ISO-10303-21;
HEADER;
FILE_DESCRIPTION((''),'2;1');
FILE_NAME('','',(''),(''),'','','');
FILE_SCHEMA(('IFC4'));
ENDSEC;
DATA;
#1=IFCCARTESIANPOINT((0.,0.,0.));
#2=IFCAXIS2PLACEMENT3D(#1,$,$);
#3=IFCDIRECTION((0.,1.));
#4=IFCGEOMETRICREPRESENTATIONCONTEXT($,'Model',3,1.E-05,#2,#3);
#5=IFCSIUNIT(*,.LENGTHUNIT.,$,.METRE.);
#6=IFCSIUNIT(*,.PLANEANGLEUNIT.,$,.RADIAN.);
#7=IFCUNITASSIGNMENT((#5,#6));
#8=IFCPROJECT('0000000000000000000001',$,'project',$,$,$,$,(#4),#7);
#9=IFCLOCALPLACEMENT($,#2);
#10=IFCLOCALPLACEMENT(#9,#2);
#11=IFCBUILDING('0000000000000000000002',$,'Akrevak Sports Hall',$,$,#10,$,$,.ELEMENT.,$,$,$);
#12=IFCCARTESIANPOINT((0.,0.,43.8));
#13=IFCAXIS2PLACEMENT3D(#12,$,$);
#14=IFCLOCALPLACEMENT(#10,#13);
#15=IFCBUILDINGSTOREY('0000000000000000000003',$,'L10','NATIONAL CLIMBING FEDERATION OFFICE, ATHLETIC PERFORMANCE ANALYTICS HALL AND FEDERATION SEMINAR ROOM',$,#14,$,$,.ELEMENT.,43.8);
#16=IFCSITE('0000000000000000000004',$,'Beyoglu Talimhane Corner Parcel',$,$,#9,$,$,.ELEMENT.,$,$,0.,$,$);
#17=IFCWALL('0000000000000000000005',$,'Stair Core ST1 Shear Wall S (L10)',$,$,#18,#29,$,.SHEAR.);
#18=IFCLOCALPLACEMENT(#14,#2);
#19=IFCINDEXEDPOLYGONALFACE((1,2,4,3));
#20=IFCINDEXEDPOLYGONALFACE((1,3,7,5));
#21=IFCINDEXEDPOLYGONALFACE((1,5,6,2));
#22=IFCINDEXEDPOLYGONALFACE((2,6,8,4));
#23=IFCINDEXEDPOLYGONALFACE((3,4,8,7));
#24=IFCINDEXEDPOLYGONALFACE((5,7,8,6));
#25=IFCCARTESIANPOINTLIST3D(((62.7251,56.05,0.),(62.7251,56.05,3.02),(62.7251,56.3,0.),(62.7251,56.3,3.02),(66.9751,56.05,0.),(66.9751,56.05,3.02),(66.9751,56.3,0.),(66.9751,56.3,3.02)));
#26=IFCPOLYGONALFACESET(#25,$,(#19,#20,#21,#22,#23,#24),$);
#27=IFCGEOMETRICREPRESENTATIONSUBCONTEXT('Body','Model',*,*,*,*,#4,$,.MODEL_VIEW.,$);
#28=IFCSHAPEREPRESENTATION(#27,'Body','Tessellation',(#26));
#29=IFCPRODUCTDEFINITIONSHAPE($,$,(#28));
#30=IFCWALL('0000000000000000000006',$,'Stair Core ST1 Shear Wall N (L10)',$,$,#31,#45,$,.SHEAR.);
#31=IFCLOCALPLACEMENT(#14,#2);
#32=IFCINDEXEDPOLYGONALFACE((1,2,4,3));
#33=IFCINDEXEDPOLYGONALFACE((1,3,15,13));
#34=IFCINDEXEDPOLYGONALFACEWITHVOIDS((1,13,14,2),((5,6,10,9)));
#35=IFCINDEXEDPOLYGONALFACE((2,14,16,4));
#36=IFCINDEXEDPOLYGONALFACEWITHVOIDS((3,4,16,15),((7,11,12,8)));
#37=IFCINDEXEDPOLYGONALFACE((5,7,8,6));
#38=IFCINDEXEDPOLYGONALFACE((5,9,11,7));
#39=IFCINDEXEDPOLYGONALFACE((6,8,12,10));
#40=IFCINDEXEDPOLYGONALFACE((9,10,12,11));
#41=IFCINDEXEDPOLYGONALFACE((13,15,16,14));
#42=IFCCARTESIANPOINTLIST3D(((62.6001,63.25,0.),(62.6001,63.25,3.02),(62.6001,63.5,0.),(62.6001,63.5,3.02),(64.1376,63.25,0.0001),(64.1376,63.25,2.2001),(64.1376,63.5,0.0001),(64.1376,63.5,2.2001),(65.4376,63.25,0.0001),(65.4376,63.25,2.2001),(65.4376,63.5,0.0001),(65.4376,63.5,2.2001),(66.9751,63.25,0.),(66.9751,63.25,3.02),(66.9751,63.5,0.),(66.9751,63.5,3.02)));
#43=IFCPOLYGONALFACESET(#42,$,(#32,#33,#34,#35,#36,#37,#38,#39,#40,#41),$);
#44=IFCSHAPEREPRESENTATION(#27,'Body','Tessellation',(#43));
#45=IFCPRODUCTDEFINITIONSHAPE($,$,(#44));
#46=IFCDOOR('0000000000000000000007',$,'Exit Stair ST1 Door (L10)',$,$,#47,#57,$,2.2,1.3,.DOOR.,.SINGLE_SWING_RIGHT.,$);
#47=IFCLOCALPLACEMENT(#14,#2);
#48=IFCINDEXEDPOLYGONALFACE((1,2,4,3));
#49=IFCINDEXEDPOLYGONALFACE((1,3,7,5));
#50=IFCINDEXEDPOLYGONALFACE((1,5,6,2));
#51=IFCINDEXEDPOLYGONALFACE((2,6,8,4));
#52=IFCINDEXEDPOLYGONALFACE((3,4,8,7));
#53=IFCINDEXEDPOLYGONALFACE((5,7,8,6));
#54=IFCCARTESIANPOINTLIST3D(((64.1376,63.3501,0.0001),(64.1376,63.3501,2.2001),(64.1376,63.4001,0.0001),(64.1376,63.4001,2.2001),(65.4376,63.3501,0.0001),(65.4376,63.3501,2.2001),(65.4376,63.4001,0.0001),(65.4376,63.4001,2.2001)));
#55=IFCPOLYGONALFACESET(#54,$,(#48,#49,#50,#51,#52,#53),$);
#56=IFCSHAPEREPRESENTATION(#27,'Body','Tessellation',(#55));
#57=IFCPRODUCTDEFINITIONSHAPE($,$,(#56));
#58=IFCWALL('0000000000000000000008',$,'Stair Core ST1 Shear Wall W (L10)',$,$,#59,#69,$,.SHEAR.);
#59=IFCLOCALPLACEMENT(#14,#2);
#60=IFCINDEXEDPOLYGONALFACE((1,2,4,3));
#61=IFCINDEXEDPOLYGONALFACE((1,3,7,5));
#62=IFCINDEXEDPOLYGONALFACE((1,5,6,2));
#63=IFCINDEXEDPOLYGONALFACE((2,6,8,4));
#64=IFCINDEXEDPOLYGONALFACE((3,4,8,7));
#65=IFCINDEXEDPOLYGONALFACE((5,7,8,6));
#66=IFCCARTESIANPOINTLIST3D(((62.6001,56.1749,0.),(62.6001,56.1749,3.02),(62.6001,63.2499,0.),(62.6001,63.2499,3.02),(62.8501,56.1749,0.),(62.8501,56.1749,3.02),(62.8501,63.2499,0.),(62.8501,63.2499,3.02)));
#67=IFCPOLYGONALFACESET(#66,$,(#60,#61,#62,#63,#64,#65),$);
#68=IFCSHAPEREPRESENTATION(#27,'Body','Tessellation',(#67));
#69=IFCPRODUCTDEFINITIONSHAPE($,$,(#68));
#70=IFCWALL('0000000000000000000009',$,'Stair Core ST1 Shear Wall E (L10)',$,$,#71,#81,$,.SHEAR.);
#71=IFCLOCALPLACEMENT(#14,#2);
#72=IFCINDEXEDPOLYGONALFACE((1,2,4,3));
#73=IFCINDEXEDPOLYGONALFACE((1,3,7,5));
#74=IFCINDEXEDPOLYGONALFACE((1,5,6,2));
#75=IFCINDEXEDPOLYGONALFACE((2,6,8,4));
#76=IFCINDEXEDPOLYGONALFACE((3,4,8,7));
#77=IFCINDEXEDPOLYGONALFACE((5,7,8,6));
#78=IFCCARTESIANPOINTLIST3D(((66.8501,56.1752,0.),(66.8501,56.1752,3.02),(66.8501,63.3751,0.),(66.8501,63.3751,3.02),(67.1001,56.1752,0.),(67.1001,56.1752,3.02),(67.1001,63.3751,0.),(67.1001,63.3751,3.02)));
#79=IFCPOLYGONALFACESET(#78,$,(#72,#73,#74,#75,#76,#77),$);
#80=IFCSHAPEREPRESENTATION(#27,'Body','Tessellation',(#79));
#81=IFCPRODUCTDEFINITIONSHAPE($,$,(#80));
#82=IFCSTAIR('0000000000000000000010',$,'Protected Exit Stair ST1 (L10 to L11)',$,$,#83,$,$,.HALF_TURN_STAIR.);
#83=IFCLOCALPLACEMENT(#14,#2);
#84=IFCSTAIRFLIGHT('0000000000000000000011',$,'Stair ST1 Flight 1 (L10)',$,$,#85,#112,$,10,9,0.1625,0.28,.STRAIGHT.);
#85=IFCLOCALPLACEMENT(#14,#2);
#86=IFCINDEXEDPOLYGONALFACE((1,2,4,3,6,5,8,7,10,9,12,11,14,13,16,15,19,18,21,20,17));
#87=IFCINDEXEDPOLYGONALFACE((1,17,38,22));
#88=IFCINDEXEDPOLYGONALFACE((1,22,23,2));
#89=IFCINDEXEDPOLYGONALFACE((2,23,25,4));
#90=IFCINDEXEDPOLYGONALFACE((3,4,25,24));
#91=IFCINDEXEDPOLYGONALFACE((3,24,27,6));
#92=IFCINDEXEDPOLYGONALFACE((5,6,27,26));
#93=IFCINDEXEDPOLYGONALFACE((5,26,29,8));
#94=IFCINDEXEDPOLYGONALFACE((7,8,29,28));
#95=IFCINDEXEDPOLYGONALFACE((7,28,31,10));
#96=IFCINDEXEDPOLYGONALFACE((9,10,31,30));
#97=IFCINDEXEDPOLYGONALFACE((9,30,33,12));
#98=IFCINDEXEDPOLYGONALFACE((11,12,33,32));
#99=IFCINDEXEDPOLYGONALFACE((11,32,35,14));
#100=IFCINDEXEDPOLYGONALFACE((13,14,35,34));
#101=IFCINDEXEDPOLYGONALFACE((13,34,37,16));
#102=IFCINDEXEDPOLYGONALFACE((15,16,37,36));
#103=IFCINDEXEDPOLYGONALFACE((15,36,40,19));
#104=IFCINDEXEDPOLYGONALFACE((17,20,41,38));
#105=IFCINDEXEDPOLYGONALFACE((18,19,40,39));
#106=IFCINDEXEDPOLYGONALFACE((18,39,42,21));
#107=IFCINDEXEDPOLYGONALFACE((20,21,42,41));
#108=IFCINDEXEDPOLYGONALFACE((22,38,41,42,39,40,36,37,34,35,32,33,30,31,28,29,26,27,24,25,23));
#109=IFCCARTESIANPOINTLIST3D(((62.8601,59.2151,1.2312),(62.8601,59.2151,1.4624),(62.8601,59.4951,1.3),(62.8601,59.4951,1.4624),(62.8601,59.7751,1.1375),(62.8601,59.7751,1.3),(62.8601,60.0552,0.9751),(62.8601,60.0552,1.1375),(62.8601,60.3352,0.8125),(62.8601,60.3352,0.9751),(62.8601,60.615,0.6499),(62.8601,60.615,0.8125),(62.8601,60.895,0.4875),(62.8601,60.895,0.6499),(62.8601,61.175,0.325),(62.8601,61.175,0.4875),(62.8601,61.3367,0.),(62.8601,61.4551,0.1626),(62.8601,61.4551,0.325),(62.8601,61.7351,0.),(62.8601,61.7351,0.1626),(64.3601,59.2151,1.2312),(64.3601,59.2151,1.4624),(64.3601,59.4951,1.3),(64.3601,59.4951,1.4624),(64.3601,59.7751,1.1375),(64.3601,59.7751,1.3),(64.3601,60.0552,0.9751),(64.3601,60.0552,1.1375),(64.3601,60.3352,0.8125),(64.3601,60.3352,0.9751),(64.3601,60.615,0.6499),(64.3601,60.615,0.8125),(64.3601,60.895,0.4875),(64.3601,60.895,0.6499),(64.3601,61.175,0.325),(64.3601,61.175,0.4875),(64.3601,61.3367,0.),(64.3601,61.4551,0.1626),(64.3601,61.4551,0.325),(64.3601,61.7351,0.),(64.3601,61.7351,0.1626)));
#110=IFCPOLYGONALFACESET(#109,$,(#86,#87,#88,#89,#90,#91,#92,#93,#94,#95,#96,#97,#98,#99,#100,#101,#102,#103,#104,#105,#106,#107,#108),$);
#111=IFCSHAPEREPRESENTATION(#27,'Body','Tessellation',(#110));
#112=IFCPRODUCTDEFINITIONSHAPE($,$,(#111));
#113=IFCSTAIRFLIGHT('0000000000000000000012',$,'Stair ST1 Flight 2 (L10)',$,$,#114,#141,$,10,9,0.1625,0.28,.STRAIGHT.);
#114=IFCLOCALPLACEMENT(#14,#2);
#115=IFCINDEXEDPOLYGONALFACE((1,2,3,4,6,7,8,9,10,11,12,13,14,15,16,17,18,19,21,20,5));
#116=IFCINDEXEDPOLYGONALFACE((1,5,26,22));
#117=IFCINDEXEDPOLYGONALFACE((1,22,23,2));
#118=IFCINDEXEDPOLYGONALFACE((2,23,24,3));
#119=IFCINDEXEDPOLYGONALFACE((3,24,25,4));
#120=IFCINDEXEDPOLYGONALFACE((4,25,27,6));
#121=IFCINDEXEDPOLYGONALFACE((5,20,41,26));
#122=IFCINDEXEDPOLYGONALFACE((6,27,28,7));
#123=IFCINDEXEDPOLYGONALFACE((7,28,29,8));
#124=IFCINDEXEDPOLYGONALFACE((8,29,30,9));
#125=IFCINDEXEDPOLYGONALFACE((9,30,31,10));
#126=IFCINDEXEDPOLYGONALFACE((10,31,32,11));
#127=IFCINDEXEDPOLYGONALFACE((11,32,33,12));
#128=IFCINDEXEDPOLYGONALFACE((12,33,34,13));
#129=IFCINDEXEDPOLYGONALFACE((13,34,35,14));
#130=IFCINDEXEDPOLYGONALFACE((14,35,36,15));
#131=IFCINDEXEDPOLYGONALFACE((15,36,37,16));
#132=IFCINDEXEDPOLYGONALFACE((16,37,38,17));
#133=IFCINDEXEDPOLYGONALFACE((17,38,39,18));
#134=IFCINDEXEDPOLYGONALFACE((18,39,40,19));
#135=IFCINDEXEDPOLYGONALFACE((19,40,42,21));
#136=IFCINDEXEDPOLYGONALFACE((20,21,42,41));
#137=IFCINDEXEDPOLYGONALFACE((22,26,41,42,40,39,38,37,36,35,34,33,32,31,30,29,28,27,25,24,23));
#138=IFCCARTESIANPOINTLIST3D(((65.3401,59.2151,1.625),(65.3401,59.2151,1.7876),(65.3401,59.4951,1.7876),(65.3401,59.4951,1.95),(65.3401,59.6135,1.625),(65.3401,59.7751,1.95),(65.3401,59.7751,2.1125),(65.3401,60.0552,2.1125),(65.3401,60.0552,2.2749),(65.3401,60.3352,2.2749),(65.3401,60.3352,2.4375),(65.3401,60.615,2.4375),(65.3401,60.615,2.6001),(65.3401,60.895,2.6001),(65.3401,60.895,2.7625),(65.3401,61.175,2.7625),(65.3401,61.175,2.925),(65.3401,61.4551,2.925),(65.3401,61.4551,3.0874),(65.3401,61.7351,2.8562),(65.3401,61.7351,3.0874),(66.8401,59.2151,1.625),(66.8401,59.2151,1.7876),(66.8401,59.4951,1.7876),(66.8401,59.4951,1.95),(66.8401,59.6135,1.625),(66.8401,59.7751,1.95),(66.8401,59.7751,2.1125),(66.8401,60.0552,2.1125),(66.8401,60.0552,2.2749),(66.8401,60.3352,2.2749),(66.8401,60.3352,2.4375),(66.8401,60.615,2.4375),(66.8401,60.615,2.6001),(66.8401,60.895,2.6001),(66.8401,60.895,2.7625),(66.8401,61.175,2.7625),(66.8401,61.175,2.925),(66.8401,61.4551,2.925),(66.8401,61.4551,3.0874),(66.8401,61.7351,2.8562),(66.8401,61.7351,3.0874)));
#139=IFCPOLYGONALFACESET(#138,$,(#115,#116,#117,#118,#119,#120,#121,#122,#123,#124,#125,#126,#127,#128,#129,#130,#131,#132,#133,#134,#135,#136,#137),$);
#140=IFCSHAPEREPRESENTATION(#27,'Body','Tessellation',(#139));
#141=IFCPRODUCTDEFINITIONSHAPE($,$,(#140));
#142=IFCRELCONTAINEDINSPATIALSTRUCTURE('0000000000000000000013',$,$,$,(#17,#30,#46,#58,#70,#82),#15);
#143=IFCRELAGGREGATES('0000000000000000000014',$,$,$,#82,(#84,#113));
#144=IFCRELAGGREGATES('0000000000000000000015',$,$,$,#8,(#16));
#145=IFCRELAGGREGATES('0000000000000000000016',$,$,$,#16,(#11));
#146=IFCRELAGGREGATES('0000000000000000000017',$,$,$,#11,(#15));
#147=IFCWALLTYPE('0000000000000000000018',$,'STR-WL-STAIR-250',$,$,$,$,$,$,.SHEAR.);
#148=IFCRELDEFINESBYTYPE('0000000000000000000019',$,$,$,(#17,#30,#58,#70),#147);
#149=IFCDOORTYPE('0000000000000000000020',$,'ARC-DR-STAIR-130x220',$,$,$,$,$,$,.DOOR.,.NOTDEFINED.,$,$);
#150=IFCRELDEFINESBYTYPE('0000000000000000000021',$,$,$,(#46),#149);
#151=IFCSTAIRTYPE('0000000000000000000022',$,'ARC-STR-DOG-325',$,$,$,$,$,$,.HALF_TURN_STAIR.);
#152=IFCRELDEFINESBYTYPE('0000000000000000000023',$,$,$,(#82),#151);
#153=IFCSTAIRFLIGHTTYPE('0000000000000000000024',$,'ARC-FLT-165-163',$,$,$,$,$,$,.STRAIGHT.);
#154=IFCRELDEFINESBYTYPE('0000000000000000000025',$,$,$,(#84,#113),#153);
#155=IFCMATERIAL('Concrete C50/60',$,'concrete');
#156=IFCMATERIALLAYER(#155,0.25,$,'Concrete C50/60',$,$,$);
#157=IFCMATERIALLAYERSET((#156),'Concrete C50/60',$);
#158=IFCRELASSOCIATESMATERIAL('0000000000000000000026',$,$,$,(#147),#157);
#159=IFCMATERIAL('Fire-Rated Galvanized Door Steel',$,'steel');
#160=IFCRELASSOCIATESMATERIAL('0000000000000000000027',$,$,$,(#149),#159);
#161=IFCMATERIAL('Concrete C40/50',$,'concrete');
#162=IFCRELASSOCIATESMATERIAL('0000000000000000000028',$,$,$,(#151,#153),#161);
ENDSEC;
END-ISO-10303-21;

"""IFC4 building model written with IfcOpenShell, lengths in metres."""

from ifc_helpers import new_model, si_unit, direction, frame, frame_2d, origin, place, context, subcontext, project, spatial, polyline, rectangle, outline, extrude, material, layer, layer_set, type_object, element, fill, aggregate, save


model = new_model("IFC4")

# Units and contexts
model_context = context("Model", 3, precision=1e-05, world=origin(), true_north=direction((0.0, 1.0)))
body_context = subcontext(model_context, "Body", "Model", "MODEL_VIEW")
ifc_project = project(units=[si_unit("LENGTHUNIT", "METRE"), si_unit("PLANEANGLEUNIT", "RADIAN")], contexts=[model_context])

# Site, building, storey
site_placement = place(None, origin())
site = spatial("IfcSite", under=ifc_project, at=site_placement, Name="Beyoglu Talimhane Corner Parcel", CompositionType="ELEMENT", RefElevation=0.0)
building_placement = place(site_placement, origin())
building = spatial("IfcBuilding", under=site, at=building_placement, Name="Akrevak Sports Hall", CompositionType="ELEMENT")
storey_placement = place(building_placement, frame((0.0, 0.0, 43.8)))
storey = spatial("IfcBuildingStorey", under=building, at=storey_placement, Name="L10", Description="NATIONAL CLIMBING FEDERATION OFFICE, ATHLETIC PERFORMANCE ANALYTICS HALL AND FEDERATION SEMINAR ROOM", CompositionType="ELEMENT", Elevation=43.8)

# Shared definitions
ifc_material_1 = material(Name="Concrete C40/50", Category="concrete")

# Shared definitions
ifc_material_2 = material(Name="Concrete C50/60", Category="concrete")

# Wall
ifc_layer_1 = layer(ifc_material_2, 0.25, Name="Concrete C50/60")
ifc_layer_set_1 = layer_set([ifc_layer_1], Name="Concrete C50/60")
wall_type_1 = type_object("IfcWallType", Name="STR-WL-STAIR-250", PredefinedType="SHEAR", material=ifc_layer_set_1)
wall_1_placement = place(storey_placement, frame((62.7251, 56.175, 0.0), z_axis=(0.0, 0.0, 1.0), x_axis=(1.0, 0.0, 0.0)))
element("IfcWall", 1, at=wall_1_placement, inside=storey, type_object=wall_type_1, Name="Stair Core ST1 Shear Wall S (L10)", PredefinedType="SHEAR", context=body_context, shape_type="SweptSolid", body=[
    extrude(rectangle(XDim=4.25, YDim=0.25, at=frame_2d((2.125, 0.0))), origin(), (0.0, 0.0, 1.0), 3.02),
])

# Wall, opening, door
wall_2_placement = place(storey_placement, frame((66.9751, 63.375, 0.0), z_axis=(0.0, 0.0, 1.0), x_axis=(-1.0, 0.0, 0.0)))
wall_2 = element("IfcWall", 2, at=wall_2_placement, inside=storey, type_object=wall_type_1, Name="Stair Core ST1 Shear Wall N (L10)", PredefinedType="SHEAR", context=body_context, shape_type="SweptSolid", body=[
    extrude(rectangle(XDim=4.375, YDim=0.25, at=frame_2d((2.1875, 0.0))), origin(), (0.0, 0.0, 1.0), 3.02),
])
opening_1_placement = place(wall_2_placement, frame((1.5376, 0.0, 0.0)))
opening_1 = element("IfcOpeningElement", 3, at=opening_1_placement, cuts=wall_2, PredefinedType="OPENING", context=body_context, shape_type="SweptSolid", body=[
    extrude(rectangle(XDim=1.3, YDim=2.2, at=frame_2d((0.6499, 1.1001))), frame((0.0, 0.137, 0.0), z_axis=(0.0, -1.0, 0.0), x_axis=(1.0, 0.0, 0.0)), (0.0, 0.0, 1.0), 0.2739),
])
ifc_material_3 = material(Name="Fire-Rated Galvanized Door Steel", Category="steel")
door_type_1 = type_object("IfcDoorType", Name="ARC-DR-STAIR-130x220", OperationType="NOTDEFINED", PredefinedType="DOOR", material=ifc_material_3)
door_1_placement = place(opening_1_placement, origin())
door_1 = element("IfcDoor", 4, at=door_1_placement, inside=storey, type_object=door_type_1, Name="Exit Stair ST1 Door (L10)", OperationType="SINGLE_SWING_RIGHT", OverallHeight=2.2, OverallWidth=1.3, PredefinedType="DOOR", context=body_context, shape_type="SweptSolid", body=[
    extrude(rectangle(XDim=1.3, YDim=2.2, at=frame_2d((0.6499, 1.1001))), frame((0.0, 0.0249, 0.0), z_axis=(0.0, -1.0, 0.0), x_axis=(1.0, 0.0, 0.0)), (0.0, 0.0, 1.0), 0.05),
])
fill(opening_1, door_1)

# Walls
wall_3_placement = place(storey_placement, frame((62.7251, 63.25, 0.0), z_axis=(0.0, 0.0, 1.0), x_axis=(0.0, -1.0, 0.0)))
element("IfcWall", 5, at=wall_3_placement, inside=storey, type_object=wall_type_1, Name="Stair Core ST1 Shear Wall W (L10)", PredefinedType="SHEAR", context=body_context, shape_type="SweptSolid", body=[
    extrude(rectangle(XDim=7.075, YDim=0.25, at=frame_2d((3.5376, 0.0))), origin(), (0.0, 0.0, 1.0), 3.02),
])
wall_4_placement = place(storey_placement, frame((66.9751, 56.175, 0.0), z_axis=(0.0, 0.0, 1.0), x_axis=(0.0, 1.0, 0.0)))
element("IfcWall", 6, at=wall_4_placement, inside=storey, type_object=wall_type_1, Name="Stair Core ST1 Shear Wall E (L10)", PredefinedType="SHEAR", context=body_context, shape_type="SweptSolid", body=[
    extrude(rectangle(XDim=7.2, YDim=0.25, at=frame_2d((3.6001, 0.0))), origin(), (0.0, 0.0, 1.0), 3.02),
])

# Stair, stair flights
stair_type = type_object("IfcStairType", Name="ARC-STR-DOG-325", PredefinedType="HALF_TURN_STAIR", material=ifc_material_1)
stair_placement = place(storey_placement, origin())
stair = element("IfcStair", 7, at=stair_placement, inside=storey, type_object=stair_type, Name="Protected Exit Stair ST1 (L10 to L11)", PredefinedType="HALF_TURN_STAIR")
stair_flight_type = type_object("IfcStairFlightType", Name="ARC-FLT-165-163", PredefinedType="STRAIGHT", material=ifc_material_1)
stair_flight_1_placement = place(storey_placement, frame((63.6101, 61.7351, 0.0), z_axis=(0.0, 0.0, 1.0), x_axis=(0.0, -1.0, 0.0)))
stair_flight_1 = element("IfcStairFlight", 8, at=stair_flight_1_placement, type_object=stair_flight_type, Name="Stair ST1 Flight 1 (L10)", NumberOfRisers=10, NumberOfTreads=9, PredefinedType="STRAIGHT", RiserHeight=0.1625, TreadLength=0.28, context=body_context, shape_type="SweptSolid", body=[
    extrude(outline(polyline([(0.0, 0.0), (0.0, 0.1626), (0.28, 0.1626), (0.28, 0.325), (0.5601, 0.325), (0.5601, 0.4875), (0.8401, 0.4875), (0.8401, 0.6499), (1.1201, 0.6499), (1.1201, 0.8125), (1.3999, 0.8125), (1.3999, 0.9751), (1.6799, 0.9751), (1.6799, 1.1375), (1.96, 1.1375), (1.96, 1.3), (2.24, 1.3), (2.24, 1.4624), (2.52, 1.4624), (2.52, 1.625), (2.52, 1.2312), (0.3984, 0.0), (0.0, 0.0)])), frame((0.0, 0.75, 0.0), z_axis=(0.0, -1.0, 0.0), x_axis=(1.0, 0.0, 0.0)), (0.0, 0.0, 1.0), 1.5),
])
stair_flight_2_placement = place(storey_placement, frame((66.0901, 59.2151, 1.625), z_axis=(0.0, 0.0, 1.0), x_axis=(0.0, 1.0, 0.0)))
stair_flight_2 = element("IfcStairFlight", 9, at=stair_flight_2_placement, type_object=stair_flight_type, Name="Stair ST1 Flight 2 (L10)", NumberOfRisers=10, NumberOfTreads=9, PredefinedType="STRAIGHT", RiserHeight=0.1625, TreadLength=0.28, context=body_context, shape_type="SweptSolid", body=[
    extrude(outline(polyline([(0.0, 0.0), (0.0, 0.1626), (0.28, 0.1626), (0.28, 0.325), (0.5601, 0.325), (0.5601, 0.4875), (0.8401, 0.4875), (0.8401, 0.6499), (1.1201, 0.6499), (1.1201, 0.8125), (1.3999, 0.8125), (1.3999, 0.9751), (1.6799, 0.9751), (1.6799, 1.1375), (1.96, 1.1375), (1.96, 1.3), (2.24, 1.3), (2.24, 1.4624), (2.52, 1.4624), (2.52, 1.625), (2.52, 1.2312), (0.3984, 0.0), (0.0, 0.0)])), frame((0.0, 0.75, 0.0), z_axis=(0.0, -1.0, 0.0), x_axis=(1.0, 0.0, 0.0)), (0.0, 0.0, 1.0), 1.5),
])
aggregate(stair, [stair_flight_1, stair_flight_2])

save(model, "model.ifc")
